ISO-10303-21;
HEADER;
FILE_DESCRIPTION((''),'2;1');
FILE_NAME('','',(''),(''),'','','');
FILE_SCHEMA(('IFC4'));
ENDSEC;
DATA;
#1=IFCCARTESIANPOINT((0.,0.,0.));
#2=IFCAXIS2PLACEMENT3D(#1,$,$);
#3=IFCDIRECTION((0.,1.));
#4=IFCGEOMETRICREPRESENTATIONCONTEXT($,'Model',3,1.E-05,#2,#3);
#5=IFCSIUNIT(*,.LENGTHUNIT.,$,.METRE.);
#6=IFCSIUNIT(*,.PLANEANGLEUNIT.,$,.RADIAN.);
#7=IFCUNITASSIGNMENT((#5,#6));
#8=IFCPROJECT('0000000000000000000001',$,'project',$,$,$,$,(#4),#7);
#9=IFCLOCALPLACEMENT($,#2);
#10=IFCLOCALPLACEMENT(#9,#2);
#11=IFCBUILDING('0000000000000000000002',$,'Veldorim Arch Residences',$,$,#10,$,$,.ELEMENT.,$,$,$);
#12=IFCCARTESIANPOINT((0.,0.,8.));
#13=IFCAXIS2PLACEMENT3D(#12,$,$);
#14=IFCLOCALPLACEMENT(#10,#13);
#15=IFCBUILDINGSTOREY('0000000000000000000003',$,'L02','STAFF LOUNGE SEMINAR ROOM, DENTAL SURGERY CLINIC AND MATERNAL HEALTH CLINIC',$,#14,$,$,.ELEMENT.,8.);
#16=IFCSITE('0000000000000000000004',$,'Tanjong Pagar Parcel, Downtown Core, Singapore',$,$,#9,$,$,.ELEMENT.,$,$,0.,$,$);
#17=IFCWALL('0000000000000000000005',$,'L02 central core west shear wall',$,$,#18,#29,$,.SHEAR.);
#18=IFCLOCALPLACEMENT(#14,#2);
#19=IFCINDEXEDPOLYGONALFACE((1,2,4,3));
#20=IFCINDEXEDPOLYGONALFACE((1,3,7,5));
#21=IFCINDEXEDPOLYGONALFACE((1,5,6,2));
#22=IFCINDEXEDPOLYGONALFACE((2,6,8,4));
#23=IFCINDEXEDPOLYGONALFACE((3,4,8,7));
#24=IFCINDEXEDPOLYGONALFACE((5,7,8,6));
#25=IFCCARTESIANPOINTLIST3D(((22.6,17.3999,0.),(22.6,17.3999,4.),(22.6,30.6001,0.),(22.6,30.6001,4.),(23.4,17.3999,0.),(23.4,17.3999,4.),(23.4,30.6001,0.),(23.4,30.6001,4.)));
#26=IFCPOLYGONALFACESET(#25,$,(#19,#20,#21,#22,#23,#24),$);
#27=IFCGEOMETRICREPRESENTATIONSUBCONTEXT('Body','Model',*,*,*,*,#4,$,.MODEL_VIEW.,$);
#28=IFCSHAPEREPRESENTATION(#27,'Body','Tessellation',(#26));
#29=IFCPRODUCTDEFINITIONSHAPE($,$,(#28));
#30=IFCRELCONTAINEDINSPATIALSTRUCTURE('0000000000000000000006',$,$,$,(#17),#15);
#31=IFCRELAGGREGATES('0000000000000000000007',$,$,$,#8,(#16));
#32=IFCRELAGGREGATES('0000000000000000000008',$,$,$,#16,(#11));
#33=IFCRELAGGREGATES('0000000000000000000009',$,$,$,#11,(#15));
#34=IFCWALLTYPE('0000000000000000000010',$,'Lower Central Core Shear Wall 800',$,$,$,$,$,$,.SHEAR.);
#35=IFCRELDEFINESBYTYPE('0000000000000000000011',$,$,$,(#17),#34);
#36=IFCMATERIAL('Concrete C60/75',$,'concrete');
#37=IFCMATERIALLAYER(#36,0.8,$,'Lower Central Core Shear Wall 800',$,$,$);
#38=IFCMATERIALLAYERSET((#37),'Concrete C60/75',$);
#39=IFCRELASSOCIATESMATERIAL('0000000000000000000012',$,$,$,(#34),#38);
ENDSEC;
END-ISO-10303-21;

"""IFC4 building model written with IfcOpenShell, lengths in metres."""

from ifc_helpers import new_model, si_unit, direction, frame, frame_2d, origin, place, context, subcontext, project, spatial, rectangle, extrude, material, layer, layer_set, type_object, element, save


model = new_model("IFC4")

# Units and contexts
model_context = context("Model", 3, precision=1e-05, world=origin(), true_north=direction((0.0, 1.0)))
body_context = subcontext(model_context, "Body", "Model", "MODEL_VIEW")
ifc_project = project(units=[si_unit("LENGTHUNIT", "METRE"), si_unit("PLANEANGLEUNIT", "RADIAN")], contexts=[model_context])

# Site, building, storey
site_placement = place(None, origin())
site = spatial("IfcSite", under=ifc_project, at=site_placement, Name="Tanjong Pagar Parcel, Downtown Core, Singapore", CompositionType="ELEMENT", RefElevation=0.0)
building_placement = place(site_placement, origin())
building = spatial("IfcBuilding", under=site, at=building_placement, Name="Veldorim Arch Residences", CompositionType="ELEMENT")
storey_placement = place(building_placement, frame((0.0, 0.0, 8.0)))
storey = spatial("IfcBuildingStorey", under=building, at=storey_placement, Name="L02", Description="STAFF LOUNGE SEMINAR ROOM, DENTAL SURGERY CLINIC AND MATERNAL HEALTH CLINIC", CompositionType="ELEMENT", Elevation=8.0)

# Shared definitions
ifc_material_1 = material(Name="Concrete C60/75", Category="concrete")
ifc_layer_1 = layer(ifc_material_1, 0.8, Name="Lower Central Core Shear Wall 800")
ifc_layer_set_1 = layer_set([ifc_layer_1], Name="Concrete C60/75")
wall_type_1 = type_object("IfcWallType", Name="Lower Central Core Shear Wall 800", PredefinedType="SHEAR", material=ifc_layer_set_1)

# Wall
wall_1_placement = place(storey_placement, frame((23.0, 17.3999, 0.0), z_axis=(0.0, 0.0, 1.0), x_axis=(0.0, 1.0, 0.0)))
element("IfcWall", 1, at=wall_1_placement, inside=storey, type_object=wall_type_1, Name="L02 central core west shear wall", PredefinedType="SHEAR", context=body_context, shape_type="SweptSolid", body=[
    extrude(rectangle(XDim=13.2002, YDim=0.8, at=frame_2d((6.6001, 0.0))), origin(), (0.0, 0.0, 1.0), 4.0),
])

save(model, "model.ifc")
